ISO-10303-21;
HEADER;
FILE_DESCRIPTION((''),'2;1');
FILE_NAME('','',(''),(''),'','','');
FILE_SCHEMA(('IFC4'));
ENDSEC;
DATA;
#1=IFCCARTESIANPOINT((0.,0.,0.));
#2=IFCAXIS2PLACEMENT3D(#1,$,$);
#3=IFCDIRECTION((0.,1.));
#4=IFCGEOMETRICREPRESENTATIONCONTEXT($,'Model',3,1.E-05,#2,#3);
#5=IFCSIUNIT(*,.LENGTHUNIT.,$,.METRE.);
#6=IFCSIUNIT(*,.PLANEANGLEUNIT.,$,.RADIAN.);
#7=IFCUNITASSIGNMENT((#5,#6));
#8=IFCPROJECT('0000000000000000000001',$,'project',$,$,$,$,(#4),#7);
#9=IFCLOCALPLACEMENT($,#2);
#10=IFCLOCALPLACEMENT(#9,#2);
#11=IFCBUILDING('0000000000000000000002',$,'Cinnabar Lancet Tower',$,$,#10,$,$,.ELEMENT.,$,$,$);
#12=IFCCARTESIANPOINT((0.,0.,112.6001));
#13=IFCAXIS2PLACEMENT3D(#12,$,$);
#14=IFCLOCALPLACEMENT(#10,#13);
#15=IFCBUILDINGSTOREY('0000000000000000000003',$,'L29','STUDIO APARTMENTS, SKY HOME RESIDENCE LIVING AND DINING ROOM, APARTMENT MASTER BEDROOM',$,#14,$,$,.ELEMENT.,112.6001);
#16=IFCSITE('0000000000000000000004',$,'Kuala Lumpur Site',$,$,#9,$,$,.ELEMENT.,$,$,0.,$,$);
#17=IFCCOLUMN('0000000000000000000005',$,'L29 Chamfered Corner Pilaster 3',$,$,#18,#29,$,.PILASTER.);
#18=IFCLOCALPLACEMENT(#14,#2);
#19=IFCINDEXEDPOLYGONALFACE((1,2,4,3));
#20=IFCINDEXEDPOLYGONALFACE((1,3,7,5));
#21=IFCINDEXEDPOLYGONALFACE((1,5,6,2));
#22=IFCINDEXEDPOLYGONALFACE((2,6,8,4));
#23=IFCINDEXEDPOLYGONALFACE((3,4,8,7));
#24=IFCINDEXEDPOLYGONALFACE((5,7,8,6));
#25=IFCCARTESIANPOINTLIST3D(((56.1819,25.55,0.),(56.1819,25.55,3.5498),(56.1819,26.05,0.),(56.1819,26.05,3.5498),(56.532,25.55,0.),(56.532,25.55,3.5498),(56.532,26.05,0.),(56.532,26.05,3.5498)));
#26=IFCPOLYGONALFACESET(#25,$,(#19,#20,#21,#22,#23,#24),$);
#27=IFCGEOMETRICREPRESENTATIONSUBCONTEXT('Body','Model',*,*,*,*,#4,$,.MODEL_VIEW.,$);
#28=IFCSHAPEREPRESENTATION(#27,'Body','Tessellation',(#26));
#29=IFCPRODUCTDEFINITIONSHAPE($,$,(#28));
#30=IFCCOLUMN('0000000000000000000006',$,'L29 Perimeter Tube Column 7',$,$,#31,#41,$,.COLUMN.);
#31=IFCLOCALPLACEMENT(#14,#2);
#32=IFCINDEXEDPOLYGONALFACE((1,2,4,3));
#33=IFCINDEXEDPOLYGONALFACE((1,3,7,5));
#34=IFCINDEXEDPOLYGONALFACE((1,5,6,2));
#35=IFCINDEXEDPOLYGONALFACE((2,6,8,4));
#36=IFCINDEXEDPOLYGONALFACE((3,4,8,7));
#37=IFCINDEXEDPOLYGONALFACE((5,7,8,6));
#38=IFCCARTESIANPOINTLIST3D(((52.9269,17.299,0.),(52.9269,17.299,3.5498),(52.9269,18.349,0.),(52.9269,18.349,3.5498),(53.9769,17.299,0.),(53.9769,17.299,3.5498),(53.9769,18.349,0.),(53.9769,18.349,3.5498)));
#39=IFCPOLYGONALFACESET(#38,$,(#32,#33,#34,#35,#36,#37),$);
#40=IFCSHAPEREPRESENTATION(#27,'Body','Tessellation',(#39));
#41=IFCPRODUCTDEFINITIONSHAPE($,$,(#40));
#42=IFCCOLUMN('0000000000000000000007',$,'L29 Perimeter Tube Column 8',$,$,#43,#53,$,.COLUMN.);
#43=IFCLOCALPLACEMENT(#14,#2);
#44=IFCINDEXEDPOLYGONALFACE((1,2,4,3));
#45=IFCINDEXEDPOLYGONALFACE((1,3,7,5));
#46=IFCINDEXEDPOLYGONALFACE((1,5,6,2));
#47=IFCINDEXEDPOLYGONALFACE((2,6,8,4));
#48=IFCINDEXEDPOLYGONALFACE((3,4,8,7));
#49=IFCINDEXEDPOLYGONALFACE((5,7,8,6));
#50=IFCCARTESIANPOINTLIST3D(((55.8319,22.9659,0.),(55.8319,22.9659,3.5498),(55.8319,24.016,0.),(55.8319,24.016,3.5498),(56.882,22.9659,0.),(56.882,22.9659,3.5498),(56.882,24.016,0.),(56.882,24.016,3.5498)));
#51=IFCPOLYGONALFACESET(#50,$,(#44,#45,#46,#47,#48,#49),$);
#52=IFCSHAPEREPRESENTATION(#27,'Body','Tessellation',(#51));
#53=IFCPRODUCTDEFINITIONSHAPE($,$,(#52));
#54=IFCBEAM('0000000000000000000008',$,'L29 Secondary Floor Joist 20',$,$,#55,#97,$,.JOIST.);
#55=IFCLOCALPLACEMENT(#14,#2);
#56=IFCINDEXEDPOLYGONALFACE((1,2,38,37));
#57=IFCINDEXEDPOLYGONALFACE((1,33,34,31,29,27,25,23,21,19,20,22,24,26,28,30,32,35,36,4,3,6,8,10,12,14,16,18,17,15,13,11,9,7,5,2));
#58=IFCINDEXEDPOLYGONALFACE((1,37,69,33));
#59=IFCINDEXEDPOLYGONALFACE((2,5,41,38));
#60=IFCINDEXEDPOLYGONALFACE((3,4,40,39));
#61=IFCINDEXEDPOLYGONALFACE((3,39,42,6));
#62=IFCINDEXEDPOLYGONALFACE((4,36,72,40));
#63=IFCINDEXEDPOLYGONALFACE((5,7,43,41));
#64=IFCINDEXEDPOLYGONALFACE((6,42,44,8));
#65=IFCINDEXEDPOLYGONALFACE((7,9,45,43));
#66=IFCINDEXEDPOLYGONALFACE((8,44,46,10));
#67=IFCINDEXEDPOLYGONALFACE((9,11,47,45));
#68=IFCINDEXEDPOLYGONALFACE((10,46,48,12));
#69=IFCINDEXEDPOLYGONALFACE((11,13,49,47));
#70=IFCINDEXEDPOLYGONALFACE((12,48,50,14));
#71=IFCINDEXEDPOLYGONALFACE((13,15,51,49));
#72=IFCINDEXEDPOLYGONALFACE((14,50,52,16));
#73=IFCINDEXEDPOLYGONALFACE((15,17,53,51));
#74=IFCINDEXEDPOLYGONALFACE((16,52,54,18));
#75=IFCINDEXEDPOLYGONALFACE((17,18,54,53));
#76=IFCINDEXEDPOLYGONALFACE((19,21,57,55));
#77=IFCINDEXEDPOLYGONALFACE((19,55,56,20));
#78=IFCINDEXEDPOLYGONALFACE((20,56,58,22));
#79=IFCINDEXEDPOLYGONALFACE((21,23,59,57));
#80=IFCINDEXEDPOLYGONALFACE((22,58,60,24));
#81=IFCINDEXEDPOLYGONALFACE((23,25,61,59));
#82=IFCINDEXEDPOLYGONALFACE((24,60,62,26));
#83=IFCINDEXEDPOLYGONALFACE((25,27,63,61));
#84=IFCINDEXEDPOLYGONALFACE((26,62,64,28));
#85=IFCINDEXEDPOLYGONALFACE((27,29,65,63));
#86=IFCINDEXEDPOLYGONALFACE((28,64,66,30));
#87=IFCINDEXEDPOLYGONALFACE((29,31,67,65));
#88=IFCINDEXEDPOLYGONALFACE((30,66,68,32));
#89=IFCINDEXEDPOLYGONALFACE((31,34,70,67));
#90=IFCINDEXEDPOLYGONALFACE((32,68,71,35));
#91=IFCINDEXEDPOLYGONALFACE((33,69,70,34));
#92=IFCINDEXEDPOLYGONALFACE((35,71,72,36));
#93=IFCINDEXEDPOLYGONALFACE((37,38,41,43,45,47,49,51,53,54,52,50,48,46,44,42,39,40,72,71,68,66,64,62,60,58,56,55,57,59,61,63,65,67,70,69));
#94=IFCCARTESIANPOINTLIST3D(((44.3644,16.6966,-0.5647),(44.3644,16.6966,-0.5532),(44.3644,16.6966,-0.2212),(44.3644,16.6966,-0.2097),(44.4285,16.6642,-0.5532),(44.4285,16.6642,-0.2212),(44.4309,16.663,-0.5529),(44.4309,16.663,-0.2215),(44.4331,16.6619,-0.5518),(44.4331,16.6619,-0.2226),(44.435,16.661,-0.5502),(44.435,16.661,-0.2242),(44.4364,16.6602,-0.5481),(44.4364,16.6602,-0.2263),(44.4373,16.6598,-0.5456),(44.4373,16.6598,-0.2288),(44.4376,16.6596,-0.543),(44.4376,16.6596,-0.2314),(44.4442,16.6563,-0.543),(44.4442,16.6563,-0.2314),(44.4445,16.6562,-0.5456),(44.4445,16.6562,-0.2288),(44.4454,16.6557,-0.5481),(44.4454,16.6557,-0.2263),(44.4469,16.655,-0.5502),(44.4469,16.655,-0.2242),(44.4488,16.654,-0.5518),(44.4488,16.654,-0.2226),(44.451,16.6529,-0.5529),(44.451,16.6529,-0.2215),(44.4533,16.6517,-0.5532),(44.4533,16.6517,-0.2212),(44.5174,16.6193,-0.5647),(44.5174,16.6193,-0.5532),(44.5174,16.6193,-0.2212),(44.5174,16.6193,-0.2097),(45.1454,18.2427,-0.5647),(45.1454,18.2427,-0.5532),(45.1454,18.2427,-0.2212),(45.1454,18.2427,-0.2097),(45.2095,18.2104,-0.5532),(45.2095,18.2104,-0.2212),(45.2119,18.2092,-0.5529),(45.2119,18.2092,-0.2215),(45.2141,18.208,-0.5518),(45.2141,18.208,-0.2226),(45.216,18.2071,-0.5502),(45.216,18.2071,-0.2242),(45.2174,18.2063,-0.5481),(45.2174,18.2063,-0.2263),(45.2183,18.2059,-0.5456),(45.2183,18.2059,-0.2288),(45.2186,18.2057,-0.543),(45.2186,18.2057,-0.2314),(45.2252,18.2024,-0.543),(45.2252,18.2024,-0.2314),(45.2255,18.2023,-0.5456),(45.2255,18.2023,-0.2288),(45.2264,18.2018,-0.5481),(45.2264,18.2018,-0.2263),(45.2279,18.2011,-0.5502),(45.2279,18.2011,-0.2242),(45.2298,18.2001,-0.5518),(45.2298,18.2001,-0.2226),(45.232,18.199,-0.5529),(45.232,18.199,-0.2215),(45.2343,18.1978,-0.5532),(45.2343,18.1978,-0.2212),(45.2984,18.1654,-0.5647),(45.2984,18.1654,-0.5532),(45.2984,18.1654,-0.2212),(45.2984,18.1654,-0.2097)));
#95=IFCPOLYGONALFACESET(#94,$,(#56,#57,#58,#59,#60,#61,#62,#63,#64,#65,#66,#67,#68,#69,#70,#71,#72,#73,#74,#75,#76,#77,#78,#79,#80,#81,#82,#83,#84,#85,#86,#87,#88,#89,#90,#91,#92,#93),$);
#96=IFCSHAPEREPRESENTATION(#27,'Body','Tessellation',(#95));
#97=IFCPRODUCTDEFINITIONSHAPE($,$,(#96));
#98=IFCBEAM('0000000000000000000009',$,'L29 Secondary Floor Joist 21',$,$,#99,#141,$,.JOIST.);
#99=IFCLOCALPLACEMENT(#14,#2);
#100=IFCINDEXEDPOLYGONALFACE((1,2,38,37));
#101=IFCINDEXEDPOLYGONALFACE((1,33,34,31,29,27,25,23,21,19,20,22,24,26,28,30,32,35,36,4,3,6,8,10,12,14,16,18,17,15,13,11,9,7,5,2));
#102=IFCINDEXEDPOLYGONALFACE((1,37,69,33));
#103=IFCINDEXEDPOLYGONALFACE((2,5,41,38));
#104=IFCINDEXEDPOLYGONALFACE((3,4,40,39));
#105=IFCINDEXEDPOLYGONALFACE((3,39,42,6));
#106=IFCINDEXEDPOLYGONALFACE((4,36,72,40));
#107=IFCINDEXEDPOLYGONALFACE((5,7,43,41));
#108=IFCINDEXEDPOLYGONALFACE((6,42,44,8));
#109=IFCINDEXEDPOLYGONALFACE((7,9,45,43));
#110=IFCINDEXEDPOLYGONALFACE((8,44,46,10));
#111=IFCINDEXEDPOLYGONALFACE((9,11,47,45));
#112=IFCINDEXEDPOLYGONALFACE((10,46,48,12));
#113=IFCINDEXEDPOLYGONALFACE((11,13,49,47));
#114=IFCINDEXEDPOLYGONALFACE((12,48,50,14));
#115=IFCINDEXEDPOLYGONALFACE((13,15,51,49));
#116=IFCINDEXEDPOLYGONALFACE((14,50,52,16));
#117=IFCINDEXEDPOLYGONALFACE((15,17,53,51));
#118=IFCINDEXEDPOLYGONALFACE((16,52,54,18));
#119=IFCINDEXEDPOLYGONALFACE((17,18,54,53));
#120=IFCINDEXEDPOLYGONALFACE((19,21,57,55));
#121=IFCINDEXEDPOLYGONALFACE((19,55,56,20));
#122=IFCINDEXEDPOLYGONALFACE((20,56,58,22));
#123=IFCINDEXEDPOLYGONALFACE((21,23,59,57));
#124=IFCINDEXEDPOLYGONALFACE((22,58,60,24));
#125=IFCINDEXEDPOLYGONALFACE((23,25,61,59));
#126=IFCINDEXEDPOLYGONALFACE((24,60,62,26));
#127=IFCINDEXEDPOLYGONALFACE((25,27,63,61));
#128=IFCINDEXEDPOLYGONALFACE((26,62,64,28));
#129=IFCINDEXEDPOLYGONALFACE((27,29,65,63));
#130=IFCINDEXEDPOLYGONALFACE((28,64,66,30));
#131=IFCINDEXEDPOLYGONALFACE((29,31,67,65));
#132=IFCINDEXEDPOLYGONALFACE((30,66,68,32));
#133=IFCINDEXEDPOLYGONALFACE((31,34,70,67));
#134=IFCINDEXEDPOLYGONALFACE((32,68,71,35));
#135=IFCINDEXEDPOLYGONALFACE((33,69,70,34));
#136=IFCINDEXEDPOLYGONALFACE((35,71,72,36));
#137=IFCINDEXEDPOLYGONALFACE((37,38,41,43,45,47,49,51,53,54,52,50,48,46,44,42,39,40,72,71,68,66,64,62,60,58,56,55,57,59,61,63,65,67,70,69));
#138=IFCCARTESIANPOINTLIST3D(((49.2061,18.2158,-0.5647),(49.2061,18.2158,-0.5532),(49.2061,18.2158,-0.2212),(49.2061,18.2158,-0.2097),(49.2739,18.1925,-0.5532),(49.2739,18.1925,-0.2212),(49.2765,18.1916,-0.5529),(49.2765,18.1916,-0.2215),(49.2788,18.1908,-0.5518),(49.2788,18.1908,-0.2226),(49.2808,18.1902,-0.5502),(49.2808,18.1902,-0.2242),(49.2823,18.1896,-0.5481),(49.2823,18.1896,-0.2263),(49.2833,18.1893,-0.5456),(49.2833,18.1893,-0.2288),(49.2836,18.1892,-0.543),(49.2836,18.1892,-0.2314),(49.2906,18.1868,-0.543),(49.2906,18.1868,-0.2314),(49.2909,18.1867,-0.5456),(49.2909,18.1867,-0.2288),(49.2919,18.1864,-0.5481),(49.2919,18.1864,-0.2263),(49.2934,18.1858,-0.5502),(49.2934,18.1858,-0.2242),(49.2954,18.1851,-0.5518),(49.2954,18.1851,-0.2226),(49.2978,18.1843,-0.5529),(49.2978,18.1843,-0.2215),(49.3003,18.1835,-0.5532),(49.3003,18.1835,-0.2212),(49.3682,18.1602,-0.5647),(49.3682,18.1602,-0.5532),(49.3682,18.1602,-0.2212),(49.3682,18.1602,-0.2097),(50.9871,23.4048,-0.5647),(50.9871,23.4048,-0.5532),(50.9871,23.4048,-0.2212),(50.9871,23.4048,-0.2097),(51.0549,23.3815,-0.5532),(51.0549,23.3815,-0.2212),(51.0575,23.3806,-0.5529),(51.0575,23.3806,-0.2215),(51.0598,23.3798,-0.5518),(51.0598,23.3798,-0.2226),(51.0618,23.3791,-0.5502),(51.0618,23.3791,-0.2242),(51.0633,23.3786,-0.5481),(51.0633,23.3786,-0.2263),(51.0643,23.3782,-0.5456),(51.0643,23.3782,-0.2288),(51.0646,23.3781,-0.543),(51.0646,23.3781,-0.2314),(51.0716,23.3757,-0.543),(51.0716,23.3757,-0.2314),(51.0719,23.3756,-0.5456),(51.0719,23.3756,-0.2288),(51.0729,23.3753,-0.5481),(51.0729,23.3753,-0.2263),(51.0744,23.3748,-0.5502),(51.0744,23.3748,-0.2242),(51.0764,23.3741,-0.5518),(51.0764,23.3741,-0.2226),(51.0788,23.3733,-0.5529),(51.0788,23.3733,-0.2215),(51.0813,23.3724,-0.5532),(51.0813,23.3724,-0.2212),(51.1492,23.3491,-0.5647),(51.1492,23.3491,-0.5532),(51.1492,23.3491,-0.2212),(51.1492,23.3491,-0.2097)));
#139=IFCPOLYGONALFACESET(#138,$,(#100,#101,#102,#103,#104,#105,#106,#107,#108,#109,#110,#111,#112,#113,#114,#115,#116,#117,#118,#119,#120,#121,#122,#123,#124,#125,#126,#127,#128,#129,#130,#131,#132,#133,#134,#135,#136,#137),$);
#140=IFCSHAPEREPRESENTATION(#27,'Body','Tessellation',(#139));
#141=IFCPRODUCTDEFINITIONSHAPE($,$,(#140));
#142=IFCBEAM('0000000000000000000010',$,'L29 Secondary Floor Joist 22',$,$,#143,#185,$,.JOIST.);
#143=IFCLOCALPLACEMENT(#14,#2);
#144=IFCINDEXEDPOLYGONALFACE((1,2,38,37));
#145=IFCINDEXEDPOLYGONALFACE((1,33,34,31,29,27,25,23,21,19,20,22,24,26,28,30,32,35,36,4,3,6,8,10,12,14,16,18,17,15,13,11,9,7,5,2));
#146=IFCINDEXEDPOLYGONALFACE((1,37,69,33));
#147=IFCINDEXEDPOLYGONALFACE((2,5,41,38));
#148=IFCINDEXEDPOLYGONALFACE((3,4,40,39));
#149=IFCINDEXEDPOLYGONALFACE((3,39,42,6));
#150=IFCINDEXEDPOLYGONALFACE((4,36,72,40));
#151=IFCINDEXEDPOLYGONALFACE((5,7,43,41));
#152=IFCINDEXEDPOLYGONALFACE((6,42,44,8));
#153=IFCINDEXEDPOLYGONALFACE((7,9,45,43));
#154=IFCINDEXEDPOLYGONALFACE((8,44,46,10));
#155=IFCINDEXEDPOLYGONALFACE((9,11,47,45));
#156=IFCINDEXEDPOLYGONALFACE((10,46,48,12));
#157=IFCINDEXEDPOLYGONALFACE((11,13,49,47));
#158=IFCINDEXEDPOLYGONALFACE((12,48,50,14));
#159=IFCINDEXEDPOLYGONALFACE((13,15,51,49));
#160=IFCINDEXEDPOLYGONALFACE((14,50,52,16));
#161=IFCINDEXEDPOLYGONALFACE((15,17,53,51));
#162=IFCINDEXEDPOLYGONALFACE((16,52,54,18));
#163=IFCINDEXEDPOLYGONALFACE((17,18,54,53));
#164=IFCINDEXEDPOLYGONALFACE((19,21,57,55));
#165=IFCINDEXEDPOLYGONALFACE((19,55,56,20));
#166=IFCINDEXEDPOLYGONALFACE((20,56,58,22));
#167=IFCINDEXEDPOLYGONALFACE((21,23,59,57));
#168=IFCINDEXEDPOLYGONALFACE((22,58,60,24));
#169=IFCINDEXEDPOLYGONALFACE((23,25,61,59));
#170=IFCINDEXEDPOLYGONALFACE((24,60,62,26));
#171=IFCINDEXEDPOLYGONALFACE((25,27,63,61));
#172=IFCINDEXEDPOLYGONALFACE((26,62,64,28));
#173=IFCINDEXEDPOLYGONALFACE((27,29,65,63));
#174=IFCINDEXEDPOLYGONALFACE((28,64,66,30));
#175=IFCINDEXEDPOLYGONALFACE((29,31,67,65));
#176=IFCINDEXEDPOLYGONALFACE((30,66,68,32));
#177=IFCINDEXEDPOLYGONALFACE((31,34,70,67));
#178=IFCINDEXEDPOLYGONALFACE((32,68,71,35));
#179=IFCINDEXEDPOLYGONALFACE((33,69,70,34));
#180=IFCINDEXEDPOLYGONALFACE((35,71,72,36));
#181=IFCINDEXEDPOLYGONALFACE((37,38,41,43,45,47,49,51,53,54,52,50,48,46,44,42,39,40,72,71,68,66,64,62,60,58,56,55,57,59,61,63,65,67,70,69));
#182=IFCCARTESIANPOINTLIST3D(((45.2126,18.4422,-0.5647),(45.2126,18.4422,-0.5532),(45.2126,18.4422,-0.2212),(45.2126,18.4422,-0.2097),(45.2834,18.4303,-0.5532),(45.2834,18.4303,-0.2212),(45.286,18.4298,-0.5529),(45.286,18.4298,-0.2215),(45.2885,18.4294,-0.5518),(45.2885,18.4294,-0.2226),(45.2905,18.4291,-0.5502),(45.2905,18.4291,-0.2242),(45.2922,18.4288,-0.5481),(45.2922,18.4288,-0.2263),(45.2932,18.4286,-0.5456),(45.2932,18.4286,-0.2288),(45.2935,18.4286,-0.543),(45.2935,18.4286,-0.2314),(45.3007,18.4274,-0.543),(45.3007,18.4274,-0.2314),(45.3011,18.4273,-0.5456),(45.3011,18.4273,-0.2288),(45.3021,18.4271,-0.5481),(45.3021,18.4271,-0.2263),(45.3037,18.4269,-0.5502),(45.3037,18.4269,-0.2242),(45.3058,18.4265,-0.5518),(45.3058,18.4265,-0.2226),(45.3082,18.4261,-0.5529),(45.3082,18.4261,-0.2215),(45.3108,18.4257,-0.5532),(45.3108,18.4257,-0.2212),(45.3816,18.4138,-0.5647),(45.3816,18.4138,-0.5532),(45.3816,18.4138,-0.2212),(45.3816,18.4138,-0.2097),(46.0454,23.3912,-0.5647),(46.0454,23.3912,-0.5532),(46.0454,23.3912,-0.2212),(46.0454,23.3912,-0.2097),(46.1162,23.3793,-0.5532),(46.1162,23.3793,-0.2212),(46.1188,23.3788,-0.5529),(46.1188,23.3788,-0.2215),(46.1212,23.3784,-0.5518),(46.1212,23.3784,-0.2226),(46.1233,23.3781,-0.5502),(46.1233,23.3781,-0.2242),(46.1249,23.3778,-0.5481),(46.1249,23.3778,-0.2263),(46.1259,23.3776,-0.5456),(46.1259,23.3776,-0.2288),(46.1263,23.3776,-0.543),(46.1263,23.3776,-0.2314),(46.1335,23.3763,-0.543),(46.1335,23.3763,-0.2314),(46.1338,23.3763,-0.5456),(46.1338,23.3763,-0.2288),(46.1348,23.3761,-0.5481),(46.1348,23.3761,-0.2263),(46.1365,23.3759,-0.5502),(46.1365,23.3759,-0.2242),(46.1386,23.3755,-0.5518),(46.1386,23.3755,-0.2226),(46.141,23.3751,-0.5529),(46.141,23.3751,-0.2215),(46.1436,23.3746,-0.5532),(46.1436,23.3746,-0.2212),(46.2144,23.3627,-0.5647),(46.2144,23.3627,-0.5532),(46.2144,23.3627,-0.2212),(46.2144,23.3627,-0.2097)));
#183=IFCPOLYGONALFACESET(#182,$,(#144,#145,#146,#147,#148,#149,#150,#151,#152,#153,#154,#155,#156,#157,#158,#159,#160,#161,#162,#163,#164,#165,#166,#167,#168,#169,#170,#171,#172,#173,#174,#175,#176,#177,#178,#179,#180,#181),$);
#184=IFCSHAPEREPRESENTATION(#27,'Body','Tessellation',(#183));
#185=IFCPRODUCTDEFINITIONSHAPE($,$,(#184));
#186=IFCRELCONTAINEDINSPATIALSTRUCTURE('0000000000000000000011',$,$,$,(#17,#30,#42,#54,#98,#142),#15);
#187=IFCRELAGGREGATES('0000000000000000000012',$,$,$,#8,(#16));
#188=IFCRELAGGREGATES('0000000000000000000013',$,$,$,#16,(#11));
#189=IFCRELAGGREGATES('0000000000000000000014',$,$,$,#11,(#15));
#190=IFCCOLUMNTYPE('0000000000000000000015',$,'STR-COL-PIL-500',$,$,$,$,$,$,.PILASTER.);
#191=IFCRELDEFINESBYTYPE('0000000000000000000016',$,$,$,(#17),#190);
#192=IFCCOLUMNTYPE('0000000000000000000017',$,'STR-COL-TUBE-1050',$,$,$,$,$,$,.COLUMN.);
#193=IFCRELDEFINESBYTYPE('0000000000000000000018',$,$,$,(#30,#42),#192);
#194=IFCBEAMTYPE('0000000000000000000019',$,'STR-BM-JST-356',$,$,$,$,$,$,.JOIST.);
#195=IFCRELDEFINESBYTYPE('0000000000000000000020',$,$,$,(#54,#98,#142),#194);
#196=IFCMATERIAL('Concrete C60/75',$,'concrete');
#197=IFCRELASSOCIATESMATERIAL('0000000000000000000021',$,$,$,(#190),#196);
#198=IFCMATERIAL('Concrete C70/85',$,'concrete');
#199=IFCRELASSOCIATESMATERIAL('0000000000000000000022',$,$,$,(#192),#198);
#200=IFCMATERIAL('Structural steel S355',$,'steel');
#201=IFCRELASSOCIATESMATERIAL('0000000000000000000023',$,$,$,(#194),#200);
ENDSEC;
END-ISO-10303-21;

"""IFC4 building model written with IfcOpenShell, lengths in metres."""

from ifc_helpers import new_model, si_unit, direction, frame, origin, origin_2d, place, context, subcontext, project, spatial, rectangle, i_section, extrude, material, material_profile, profile_set, type_object, element, save


model = new_model("IFC4")

# Units and contexts
model_context = context("Model", 3, precision=1e-05, world=origin(), true_north=direction((0.0, 1.0)))
body_context = subcontext(model_context, "Body", "Model", "MODEL_VIEW")
ifc_project = project(units=[si_unit("LENGTHUNIT", "METRE"), si_unit("PLANEANGLEUNIT", "RADIAN")], contexts=[model_context])

# Site, building, storey
site_placement = place(None, origin())
site = spatial("IfcSite", under=ifc_project, at=site_placement, Name="Kuala Lumpur Site", CompositionType="ELEMENT", RefElevation=0.0)
building_placement = place(site_placement, origin())
building = spatial("IfcBuilding", under=site, at=building_placement, Name="Cinnabar Lancet Tower", CompositionType="ELEMENT")
storey_placement = place(building_placement, frame((0.0, 0.0, 112.6001)))
storey = spatial("IfcBuildingStorey", under=building, at=storey_placement, Name="L29", Description="STUDIO APARTMENTS, SKY HOME RESIDENCE LIVING AND DINING ROOM, APARTMENT MASTER BEDROOM", CompositionType="ELEMENT", Elevation=112.6001)

# Columns
ifc_material_1 = material(Name="Concrete C60/75", Category="concrete")
ifc_material_profile_1 = material_profile(ifc_material_1, rectangle(XDim=0.5, YDim=0.3501, at=origin_2d()), Name="RC-PIL 500x350")
ifc_profile_set_1 = profile_set([ifc_material_profile_1], Name="Concrete C60/75")
column_type_1 = type_object("IfcColumnType", Name="STR-COL-PIL-500", PredefinedType="PILASTER", material=ifc_profile_set_1)
column_placement = place(storey_placement, frame((56.3569, 25.8, 0.0), z_axis=(0.0, 0.0, 1.0), x_axis=(0.0, 1.0, 0.0)))
element("IfcColumn", 1, at=column_placement, inside=storey, type_object=column_type_1, Name="L29 Chamfered Corner Pilaster 3", PredefinedType="PILASTER", context=body_context, shape_type="SweptSolid", body=[
    extrude(rectangle(XDim=0.5, YDim=0.3501, at=origin_2d()), origin(), (0.0, 0.0, 1.0), 3.5498),
])
ifc_material_2 = material(Name="Concrete C70/85", Category="concrete")
ifc_material_profile_2 = material_profile(ifc_material_2, rectangle(XDim=1.05, YDim=1.05, at=origin_2d()), Name="RC-COL 1050x1050")
ifc_profile_set_2 = profile_set([ifc_material_profile_2], Name="Concrete C70/85")
column_type_2 = type_object("IfcColumnType", Name="STR-COL-TUBE-1050", PredefinedType="COLUMN", material=ifc_profile_set_2)
for number, where, z_axis, x_axis, name in (
    (2, (53.4519, 17.824, 0.0), (0.0, 0.0, 1.0), (1.0, 0.0, 0.0), "L29 Perimeter Tube Column 7"),
    (3, (56.3569, 23.491, 0.0), (0.0, 0.0, 1.0), (1.0, 0.0, 0.0), "L29 Perimeter Tube Column 8"),
):
    element("IfcColumn", number, at=place(storey_placement, frame(where, z_axis=z_axis, x_axis=x_axis)), inside=storey, type_object=column_type_2, Name=name, PredefinedType="COLUMN", context=body_context, shape_type="SweptSolid", body=[
        extrude(rectangle(XDim=1.05, YDim=1.05, at=origin_2d()), origin(), (0.0, 0.0, 1.0), 3.5498),
    ])

# Beams
ifc_material_3 = material(Name="Structural steel S355", Category="steel")
ifc_material_profile_3 = material_profile(ifc_material_3, i_section(OverallWidth=0.1714, OverallDepth=0.355, WebThickness=0.0073, FlangeThickness=0.0115, FilletRadius=0.0103, at=origin_2d()), Name="UKB 356x171x51")
ifc_profile_set_3 = profile_set([ifc_material_profile_3], Name="Structural steel S355")
beam_type_1 = type_object("IfcBeamType", Name="STR-BM-JST-356", PredefinedType="JOIST", material=ifc_profile_set_3)
beam_1_placement = place(storey_placement, frame((44.4409, 16.658, -0.3872), z_axis=(0.450874, 0.892587, 0.0), x_axis=(-0.892587, 0.450874, 0.0)))
element("IfcBeam", 4, at=beam_1_placement, inside=storey, type_object=beam_type_1, Name="L29 Secondary Floor Joist 20", PredefinedType="JOIST", context=body_context, shape_type="SweptSolid", body=[
    extrude(i_section(OverallWidth=0.1714, OverallDepth=0.355, WebThickness=0.0073, FlangeThickness=0.0115, FilletRadius=0.0103, at=origin_2d()), origin(), (0.0, 0.0, 1.0), 1.7322),
])
beam_2_placement = place(storey_placement, frame((49.2871, 18.188, -0.3872), z_axis=(0.324639, 0.945838, 0.0), x_axis=(-0.945838, 0.324639, 0.0)))
element("IfcBeam", 5, at=beam_2_placement, inside=storey, type_object=beam_type_1, Name="L29 Secondary Floor Joist 21", PredefinedType="JOIST", context=body_context, shape_type="SweptSolid", body=[
    extrude(i_section(OverallWidth=0.1714, OverallDepth=0.355, WebThickness=0.0073, FlangeThickness=0.0115, FilletRadius=0.0103, at=origin_2d()), origin(), (0.0, 0.0, 1.0), 5.4861),
])
beam_3_placement = place(storey_placement, frame((45.2971, 18.428, -0.3872), z_axis=(0.165937, 0.986136, 0.0), x_axis=(-0.986136, 0.165937, 0.0)))
element("IfcBeam", 6, at=beam_3_placement, inside=storey, type_object=beam_type_1, Name="L29 Secondary Floor Joist 22", PredefinedType="JOIST", context=body_context, shape_type="SweptSolid", body=[
    extrude(i_section(OverallWidth=0.1714, OverallDepth=0.355, WebThickness=0.0073, FlangeThickness=0.0115, FilletRadius=0.0103, at=origin_2d()), origin(), (0.0, 0.0, 1.0), 5.0186),
])

save(model, "model.ifc")
